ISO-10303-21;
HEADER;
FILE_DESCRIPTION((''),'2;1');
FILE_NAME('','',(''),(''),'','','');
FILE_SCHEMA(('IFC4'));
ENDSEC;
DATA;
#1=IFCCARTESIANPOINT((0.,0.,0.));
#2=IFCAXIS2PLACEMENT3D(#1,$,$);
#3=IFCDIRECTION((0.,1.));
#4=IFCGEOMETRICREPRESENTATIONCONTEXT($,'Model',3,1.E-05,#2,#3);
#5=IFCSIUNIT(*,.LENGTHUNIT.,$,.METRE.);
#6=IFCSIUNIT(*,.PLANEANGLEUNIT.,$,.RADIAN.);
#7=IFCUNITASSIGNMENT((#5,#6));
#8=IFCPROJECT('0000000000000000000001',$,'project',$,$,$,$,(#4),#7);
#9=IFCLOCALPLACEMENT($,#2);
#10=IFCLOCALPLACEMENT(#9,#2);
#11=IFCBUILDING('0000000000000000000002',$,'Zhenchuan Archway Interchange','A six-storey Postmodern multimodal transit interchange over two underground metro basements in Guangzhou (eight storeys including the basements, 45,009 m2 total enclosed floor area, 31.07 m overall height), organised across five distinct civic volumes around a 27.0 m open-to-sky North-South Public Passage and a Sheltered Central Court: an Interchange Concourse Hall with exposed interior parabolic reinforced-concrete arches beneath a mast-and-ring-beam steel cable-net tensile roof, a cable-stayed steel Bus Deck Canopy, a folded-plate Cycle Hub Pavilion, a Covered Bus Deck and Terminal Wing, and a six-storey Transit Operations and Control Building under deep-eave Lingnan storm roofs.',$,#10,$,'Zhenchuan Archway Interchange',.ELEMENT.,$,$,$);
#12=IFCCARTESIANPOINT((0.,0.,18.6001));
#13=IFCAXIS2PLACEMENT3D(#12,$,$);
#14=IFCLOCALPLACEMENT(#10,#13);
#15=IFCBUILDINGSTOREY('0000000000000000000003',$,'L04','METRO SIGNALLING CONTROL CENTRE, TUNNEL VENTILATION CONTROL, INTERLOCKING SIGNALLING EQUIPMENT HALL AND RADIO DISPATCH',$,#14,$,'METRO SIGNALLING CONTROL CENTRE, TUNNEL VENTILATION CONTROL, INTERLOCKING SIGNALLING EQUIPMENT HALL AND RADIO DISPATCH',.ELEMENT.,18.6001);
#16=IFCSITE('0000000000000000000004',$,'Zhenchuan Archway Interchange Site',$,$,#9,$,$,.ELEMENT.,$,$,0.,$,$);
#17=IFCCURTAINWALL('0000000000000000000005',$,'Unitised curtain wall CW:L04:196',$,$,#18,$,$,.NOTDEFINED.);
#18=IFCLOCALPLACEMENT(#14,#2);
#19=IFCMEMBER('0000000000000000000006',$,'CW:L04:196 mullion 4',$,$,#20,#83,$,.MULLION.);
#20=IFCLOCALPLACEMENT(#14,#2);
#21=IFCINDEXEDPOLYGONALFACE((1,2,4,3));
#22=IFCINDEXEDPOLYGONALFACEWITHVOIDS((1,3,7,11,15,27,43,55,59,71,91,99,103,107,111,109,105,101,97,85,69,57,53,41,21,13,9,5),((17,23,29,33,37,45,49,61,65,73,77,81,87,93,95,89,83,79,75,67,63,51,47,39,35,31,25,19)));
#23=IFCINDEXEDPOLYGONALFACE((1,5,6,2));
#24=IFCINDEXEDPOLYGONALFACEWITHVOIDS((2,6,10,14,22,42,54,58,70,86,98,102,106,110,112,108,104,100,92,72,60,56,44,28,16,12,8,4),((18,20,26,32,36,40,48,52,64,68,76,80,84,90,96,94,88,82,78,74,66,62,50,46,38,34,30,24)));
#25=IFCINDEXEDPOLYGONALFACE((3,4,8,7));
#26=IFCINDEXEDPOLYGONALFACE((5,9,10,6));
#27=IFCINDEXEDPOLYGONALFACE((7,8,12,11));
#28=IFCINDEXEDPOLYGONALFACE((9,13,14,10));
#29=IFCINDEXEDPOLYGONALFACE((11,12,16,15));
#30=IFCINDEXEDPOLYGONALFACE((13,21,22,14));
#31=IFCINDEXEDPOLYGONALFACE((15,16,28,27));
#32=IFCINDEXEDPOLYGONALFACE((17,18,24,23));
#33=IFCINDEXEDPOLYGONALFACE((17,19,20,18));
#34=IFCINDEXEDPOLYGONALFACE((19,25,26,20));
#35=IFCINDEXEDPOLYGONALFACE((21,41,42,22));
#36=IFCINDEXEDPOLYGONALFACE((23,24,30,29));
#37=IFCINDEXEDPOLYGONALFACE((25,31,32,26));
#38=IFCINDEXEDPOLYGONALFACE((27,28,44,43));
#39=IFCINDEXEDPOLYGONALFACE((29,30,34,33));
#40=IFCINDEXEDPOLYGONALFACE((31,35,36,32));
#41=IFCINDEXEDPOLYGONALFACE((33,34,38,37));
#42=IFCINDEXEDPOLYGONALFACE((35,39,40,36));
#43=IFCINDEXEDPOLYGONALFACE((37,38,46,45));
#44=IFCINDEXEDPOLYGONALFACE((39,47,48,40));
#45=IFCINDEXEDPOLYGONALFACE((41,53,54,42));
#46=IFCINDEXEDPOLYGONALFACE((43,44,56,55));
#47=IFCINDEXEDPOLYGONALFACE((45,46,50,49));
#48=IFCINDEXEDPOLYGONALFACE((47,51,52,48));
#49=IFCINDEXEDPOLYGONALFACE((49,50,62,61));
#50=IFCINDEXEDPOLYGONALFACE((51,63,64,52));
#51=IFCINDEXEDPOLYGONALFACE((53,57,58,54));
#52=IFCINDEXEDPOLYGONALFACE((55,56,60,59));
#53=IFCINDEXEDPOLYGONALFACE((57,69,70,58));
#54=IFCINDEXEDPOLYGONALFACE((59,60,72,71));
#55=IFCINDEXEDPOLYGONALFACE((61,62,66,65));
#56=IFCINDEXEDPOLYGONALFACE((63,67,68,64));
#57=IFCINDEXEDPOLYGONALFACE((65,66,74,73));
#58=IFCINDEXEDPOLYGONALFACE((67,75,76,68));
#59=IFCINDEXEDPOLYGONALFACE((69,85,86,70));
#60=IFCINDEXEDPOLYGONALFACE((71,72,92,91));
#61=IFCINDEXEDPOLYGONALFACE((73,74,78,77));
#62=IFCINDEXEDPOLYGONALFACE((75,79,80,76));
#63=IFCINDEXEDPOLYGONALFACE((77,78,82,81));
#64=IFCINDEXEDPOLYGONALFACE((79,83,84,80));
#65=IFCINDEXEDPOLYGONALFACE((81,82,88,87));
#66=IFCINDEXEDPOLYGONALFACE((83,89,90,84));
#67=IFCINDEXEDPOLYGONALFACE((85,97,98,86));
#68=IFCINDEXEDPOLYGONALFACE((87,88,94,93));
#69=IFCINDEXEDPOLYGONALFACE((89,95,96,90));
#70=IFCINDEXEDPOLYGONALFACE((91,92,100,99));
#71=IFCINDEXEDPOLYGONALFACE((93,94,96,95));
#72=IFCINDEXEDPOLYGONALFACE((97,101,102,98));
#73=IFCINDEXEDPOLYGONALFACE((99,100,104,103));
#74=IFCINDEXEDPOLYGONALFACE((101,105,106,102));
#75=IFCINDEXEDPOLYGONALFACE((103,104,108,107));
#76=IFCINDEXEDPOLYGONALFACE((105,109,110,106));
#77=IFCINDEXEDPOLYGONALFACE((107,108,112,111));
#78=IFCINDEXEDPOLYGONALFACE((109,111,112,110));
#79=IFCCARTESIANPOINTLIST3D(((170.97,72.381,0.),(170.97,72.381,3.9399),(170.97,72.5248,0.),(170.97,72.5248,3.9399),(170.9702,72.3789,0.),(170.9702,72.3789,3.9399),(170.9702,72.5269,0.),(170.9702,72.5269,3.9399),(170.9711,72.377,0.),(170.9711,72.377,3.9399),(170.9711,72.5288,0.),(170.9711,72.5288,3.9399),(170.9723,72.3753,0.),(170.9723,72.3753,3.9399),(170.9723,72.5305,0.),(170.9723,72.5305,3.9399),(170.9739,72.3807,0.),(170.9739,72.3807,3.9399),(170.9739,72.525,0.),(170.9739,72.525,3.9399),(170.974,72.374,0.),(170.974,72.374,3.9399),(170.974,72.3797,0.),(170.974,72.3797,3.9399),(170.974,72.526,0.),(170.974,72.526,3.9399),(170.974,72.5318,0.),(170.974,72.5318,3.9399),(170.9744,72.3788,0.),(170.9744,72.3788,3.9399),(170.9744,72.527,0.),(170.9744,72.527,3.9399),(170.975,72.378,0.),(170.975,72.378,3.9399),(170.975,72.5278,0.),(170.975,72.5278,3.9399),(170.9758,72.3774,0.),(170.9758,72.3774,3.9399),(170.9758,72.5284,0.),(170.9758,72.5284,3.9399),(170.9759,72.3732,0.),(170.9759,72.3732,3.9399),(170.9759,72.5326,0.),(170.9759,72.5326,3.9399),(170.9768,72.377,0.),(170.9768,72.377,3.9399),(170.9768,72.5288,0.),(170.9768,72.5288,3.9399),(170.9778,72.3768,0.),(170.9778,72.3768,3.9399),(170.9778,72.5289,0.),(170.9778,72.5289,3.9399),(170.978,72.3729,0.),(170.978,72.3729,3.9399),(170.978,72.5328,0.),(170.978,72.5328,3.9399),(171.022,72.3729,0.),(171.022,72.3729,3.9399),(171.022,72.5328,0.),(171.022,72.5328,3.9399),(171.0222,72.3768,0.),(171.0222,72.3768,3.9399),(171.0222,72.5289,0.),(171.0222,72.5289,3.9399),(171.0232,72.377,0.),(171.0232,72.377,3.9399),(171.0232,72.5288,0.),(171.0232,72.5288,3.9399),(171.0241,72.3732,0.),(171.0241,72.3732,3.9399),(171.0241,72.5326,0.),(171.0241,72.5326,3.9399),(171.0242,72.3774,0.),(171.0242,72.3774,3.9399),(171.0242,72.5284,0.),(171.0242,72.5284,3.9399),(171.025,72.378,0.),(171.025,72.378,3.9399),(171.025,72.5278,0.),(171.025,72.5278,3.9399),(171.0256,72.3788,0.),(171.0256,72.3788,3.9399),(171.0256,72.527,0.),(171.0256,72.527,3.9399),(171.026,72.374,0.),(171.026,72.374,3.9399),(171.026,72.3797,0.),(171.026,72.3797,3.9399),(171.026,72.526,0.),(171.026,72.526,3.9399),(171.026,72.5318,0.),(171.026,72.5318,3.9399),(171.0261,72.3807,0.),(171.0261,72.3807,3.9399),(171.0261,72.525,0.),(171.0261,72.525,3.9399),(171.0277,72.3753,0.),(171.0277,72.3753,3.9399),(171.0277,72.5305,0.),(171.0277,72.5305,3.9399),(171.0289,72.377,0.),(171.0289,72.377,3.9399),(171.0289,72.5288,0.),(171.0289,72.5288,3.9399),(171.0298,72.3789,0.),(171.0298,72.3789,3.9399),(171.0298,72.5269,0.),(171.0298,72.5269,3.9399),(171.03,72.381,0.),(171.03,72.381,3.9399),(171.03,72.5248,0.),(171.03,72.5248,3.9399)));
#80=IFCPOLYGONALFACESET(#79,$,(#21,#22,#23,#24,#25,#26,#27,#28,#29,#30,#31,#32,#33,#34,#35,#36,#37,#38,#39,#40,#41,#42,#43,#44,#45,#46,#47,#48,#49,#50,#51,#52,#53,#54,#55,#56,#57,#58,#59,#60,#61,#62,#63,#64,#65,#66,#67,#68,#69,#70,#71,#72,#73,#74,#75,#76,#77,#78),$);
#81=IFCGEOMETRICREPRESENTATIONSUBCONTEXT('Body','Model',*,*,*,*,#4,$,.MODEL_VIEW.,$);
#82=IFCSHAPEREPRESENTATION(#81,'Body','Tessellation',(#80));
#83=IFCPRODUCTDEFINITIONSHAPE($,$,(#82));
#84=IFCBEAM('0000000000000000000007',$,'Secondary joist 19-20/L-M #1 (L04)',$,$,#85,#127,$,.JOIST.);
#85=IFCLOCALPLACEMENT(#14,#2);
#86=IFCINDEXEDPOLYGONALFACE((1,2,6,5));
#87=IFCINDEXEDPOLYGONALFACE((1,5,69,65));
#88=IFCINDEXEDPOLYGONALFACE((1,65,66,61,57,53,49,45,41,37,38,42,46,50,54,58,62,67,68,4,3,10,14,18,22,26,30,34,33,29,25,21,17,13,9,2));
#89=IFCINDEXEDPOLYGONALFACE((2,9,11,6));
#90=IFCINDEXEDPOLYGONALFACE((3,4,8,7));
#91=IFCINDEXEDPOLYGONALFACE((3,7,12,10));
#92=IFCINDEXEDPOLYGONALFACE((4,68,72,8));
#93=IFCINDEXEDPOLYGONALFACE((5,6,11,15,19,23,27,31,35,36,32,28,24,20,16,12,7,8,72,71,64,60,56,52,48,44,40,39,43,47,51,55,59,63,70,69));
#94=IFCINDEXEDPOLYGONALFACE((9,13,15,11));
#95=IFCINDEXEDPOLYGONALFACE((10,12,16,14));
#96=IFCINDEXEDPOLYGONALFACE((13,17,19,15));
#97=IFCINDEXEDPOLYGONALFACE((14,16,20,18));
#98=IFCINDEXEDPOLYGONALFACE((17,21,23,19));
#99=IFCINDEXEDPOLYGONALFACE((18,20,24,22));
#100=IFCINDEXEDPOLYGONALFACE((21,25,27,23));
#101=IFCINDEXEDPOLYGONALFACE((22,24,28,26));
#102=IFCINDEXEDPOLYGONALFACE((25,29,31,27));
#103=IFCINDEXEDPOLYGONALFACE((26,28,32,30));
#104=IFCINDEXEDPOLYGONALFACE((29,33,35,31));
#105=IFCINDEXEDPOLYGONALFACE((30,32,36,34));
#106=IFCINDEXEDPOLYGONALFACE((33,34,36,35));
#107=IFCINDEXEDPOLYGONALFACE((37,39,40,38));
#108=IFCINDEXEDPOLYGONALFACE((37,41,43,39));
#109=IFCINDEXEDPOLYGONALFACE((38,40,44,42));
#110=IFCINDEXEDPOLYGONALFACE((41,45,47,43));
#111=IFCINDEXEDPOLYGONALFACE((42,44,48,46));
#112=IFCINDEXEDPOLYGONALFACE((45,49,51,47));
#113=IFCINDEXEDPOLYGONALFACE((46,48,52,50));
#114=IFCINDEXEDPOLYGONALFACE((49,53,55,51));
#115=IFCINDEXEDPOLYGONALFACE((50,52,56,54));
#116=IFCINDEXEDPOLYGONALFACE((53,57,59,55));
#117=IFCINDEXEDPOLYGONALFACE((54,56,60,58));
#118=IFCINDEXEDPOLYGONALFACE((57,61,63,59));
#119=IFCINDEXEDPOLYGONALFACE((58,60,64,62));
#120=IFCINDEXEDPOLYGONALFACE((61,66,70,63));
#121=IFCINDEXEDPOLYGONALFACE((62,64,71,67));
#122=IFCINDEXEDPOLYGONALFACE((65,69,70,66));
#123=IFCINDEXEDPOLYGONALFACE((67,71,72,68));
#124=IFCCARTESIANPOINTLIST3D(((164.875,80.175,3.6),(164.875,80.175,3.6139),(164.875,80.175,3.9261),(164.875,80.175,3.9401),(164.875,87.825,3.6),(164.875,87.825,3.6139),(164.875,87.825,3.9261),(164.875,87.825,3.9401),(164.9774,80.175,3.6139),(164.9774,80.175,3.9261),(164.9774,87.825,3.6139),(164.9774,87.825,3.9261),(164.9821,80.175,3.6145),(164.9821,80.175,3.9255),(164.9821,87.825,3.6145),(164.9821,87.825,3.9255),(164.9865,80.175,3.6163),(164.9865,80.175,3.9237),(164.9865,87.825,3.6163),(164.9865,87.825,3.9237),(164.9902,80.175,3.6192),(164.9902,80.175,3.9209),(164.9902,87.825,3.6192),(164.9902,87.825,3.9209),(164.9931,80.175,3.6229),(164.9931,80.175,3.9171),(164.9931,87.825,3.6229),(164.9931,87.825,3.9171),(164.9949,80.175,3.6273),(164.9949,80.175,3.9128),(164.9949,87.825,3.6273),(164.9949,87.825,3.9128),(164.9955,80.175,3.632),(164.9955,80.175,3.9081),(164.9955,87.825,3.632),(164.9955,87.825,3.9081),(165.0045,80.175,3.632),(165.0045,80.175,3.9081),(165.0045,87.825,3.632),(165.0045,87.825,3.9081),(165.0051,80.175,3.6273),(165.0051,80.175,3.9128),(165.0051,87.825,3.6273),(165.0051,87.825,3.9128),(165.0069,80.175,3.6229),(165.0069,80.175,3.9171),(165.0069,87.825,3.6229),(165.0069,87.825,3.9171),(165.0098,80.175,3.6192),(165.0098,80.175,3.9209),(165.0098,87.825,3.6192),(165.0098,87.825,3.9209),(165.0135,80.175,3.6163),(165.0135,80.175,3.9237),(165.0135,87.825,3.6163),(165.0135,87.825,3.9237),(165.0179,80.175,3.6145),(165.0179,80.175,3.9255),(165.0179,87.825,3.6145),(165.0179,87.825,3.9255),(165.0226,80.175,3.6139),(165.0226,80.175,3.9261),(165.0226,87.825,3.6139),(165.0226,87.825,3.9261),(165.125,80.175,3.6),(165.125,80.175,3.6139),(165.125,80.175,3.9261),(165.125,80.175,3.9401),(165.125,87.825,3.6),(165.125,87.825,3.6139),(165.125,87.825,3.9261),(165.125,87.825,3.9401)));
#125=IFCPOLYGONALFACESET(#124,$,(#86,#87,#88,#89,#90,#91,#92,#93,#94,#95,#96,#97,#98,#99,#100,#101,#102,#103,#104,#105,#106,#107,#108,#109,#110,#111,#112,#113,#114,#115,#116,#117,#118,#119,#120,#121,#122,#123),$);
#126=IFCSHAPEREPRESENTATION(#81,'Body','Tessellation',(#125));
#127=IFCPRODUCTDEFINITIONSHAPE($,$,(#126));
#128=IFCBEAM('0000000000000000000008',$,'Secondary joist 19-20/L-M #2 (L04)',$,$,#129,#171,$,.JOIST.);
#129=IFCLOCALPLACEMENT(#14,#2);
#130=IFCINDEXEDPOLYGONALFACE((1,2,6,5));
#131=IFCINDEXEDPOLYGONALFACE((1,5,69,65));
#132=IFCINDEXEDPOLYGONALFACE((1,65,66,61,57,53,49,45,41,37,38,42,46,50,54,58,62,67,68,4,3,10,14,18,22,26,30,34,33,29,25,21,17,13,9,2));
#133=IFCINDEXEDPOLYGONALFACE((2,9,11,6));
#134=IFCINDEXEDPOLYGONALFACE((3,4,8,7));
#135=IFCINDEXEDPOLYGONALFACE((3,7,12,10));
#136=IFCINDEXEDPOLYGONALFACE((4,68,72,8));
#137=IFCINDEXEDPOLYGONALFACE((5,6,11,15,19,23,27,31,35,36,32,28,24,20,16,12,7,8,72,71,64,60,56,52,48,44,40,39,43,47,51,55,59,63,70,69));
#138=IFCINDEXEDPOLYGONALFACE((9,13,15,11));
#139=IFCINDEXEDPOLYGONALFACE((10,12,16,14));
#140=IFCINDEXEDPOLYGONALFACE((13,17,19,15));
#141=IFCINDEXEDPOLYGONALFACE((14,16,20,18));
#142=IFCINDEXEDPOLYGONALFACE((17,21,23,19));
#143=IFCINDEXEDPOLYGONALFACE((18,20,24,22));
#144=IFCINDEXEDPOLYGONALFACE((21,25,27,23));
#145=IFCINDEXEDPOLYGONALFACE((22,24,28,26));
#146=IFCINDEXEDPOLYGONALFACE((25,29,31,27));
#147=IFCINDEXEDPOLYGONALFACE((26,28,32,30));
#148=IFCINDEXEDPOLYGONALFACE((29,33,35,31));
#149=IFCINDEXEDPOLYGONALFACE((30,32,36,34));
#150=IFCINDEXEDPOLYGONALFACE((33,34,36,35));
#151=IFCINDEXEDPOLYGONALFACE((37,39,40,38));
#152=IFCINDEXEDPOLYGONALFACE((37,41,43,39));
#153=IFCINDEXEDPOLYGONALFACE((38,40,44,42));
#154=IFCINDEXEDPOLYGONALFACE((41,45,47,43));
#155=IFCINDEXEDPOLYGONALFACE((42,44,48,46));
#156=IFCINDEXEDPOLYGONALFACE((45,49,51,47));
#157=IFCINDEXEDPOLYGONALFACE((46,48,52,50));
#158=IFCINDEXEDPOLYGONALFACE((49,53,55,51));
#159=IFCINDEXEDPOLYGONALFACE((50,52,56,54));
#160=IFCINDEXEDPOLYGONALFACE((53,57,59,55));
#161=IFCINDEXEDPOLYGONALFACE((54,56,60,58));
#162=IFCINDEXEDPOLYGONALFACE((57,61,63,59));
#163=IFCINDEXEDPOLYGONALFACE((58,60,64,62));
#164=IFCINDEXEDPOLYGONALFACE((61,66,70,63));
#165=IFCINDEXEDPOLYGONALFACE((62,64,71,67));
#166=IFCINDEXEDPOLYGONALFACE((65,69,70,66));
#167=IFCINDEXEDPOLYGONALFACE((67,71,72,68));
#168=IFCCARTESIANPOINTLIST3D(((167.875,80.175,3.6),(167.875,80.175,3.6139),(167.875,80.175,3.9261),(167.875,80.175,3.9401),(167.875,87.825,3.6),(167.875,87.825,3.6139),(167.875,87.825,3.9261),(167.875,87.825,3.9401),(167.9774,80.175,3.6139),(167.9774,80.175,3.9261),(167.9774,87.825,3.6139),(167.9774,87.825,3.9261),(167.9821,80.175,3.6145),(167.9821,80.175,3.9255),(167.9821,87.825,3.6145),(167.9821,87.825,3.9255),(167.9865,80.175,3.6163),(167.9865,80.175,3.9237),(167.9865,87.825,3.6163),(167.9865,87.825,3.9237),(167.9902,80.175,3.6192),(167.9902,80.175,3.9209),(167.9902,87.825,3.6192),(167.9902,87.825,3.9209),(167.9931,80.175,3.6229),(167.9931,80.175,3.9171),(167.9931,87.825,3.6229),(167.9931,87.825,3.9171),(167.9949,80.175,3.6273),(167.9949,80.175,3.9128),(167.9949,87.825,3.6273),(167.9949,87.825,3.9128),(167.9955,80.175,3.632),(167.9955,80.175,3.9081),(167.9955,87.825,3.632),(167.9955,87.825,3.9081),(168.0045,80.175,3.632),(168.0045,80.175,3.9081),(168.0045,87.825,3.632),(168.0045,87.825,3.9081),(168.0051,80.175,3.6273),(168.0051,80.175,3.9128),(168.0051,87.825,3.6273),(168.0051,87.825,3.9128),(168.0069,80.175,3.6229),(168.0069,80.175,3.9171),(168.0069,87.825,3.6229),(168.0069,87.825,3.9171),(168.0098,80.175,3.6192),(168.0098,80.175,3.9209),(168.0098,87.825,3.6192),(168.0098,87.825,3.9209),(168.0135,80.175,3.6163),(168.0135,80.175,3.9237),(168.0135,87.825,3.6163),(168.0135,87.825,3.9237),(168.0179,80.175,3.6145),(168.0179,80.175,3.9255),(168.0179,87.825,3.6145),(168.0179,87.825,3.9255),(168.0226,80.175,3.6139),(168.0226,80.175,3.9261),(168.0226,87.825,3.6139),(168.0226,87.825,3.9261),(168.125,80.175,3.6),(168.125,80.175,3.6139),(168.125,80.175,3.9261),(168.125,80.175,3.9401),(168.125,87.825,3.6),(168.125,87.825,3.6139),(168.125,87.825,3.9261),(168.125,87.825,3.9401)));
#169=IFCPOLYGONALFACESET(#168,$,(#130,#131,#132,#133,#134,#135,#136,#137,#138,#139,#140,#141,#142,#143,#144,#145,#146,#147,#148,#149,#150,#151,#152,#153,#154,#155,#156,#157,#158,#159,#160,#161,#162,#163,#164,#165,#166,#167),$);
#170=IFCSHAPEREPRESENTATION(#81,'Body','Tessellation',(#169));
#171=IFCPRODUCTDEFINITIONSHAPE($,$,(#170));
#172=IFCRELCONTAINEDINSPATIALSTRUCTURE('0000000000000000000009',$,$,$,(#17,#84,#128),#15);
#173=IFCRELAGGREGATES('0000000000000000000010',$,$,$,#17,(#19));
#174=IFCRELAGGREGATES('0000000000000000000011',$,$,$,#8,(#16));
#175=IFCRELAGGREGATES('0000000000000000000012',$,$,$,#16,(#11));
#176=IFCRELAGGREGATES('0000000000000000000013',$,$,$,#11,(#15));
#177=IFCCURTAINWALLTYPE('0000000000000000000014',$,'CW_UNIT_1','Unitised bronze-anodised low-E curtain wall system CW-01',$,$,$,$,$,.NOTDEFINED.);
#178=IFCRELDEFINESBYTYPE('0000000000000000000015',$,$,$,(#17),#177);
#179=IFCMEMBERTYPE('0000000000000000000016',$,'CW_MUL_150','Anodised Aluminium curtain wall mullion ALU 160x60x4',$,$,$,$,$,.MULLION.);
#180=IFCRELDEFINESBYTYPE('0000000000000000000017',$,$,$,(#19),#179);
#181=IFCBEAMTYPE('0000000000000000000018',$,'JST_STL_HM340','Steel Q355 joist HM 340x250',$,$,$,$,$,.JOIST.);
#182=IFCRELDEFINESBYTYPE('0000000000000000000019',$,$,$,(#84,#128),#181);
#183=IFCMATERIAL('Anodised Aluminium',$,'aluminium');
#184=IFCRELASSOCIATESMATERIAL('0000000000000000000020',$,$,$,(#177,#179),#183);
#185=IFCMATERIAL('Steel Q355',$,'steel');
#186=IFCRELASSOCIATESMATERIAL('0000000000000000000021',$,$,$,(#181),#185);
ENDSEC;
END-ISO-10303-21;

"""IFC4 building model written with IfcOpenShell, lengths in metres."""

from ifc_helpers import new_model, si_unit, direction, frame, origin, origin_2d, place, context, subcontext, project, spatial, hollow_rectangle, i_section, extrude, material, material_profile, profile_set, type_object, element, aggregate, save


model = new_model("IFC4")

# Units and contexts
model_context = context("Model", 3, precision=1e-05, world=origin(), true_north=direction((0.0, 1.0)))
body_context = subcontext(model_context, "Body", "Model", "MODEL_VIEW")
ifc_project = project(units=[si_unit("LENGTHUNIT", "METRE"), si_unit("PLANEANGLEUNIT", "RADIAN")], contexts=[model_context])

# Site, building, storey
site_placement = place(None, origin())
site = spatial("IfcSite", under=ifc_project, at=site_placement, Name="Zhenchuan Archway Interchange Site", CompositionType="ELEMENT", RefElevation=0.0)
building_placement = place(site_placement, origin())
building = spatial("IfcBuilding", under=site, at=building_placement, Name="Zhenchuan Archway Interchange", Description="A six-storey Postmodern multimodal transit interchange over two underground metro basements in Guangzhou (eight storeys including the basements, 45,009 m2 total enclosed floor area, 31.07 m overall height), organised across five distinct civic volumes around a 27.0 m open-to-sky North-South Public Passage and a Sheltered Central Court: an Interchange Concourse Hall with exposed interior parabolic reinforced-concrete arches beneath a mast-and-ring-beam steel cable-net tensile roof, a cable-stayed steel Bus Deck Canopy, a folded-plate Cycle Hub Pavilion, a Covered Bus Deck and Terminal Wing, and a six-storey Transit Operations and Control Building under deep-eave Lingnan storm roofs.", LongName="Zhenchuan Archway Interchange", CompositionType="ELEMENT")
storey_placement = place(building_placement, frame((0.0, 0.0, 18.6001)))
storey = spatial("IfcBuildingStorey", under=building, at=storey_placement, Name="L04", Description="METRO SIGNALLING CONTROL CENTRE, TUNNEL VENTILATION CONTROL, INTERLOCKING SIGNALLING EQUIPMENT HALL AND RADIO DISPATCH", LongName="METRO SIGNALLING CONTROL CENTRE, TUNNEL VENTILATION CONTROL, INTERLOCKING SIGNALLING EQUIPMENT HALL AND RADIO DISPATCH", CompositionType="ELEMENT", Elevation=18.6001)

# Curtain wall, member
ifc_material_1 = material(Name="Anodised Aluminium", Category="aluminium")
curtain_wall_type = type_object("IfcCurtainWallType", Name="CW_UNIT_1", Description="Unitised bronze-anodised low-E curtain wall system CW-01", PredefinedType="NOTDEFINED", material=ifc_material_1)
curtain_wall_placement = place(storey_placement, origin())
curtain_wall = element("IfcCurtainWall", 1, at=curtain_wall_placement, inside=storey, type_object=curtain_wall_type, Name="Unitised curtain wall CW:L04:196", PredefinedType="NOTDEFINED")
ifc_material_profile_1 = material_profile(ifc_material_1, hollow_rectangle(XDim=0.0601, YDim=0.1599, WallThickness=0.0039, InnerFilletRadius=0.0039, OuterFilletRadius=0.0081, at=origin_2d()), Name="ALU 160x60x4")
ifc_profile_set_1 = profile_set([ifc_material_profile_1], Name="Anodised Aluminium")
member_type = type_object("IfcMemberType", Name="CW_MUL_150", Description="Anodised Aluminium curtain wall mullion ALU 160x60x4", PredefinedType="MULLION", material=ifc_profile_set_1)
member_placement = place(storey_placement, frame((171.0, 72.4529, 0.0), z_axis=(0.0, 0.0, 1.0), x_axis=(1.0, 0.0, 0.0)))
member = element("IfcMember", 2, at=member_placement, type_object=member_type, Name="CW:L04:196 mullion 4", PredefinedType="MULLION", context=body_context, shape_type="SweptSolid", body=[
    extrude(hollow_rectangle(XDim=0.0601, YDim=0.1599, WallThickness=0.0039, InnerFilletRadius=0.0039, OuterFilletRadius=0.0081, at=origin_2d()), origin(), (0.0, 0.0, 1.0), 3.9399),
])

# Beams
ifc_material_2 = material(Name="Steel Q355", Category="steel")
ifc_material_profile_2 = material_profile(ifc_material_2, i_section(OverallWidth=0.25, OverallDepth=0.3401, WebThickness=0.009, FlangeThickness=0.0139, FilletRadius=0.0181, at=origin_2d()), Name="HM 340x250")
ifc_profile_set_2 = profile_set([ifc_material_profile_2], Name="Steel Q355")
beam_type_1 = type_object("IfcBeamType", Name="JST_STL_HM340", Description="Steel Q355 joist HM 340x250", PredefinedType="JOIST", material=ifc_profile_set_2)
for number, where, z_axis, x_axis, name in (
    (3, (165.0, 80.175, 3.77), (0.0, 1.0, 0.0), (-1.0, 0.0, 0.0), "Secondary joist 19-20/L-M #1 (L04)"),
    (4, (168.0, 80.175, 3.77), (0.0, 1.0, 0.0), (-1.0, 0.0, 0.0), "Secondary joist 19-20/L-M #2 (L04)"),
):
    element("IfcBeam", number, at=place(storey_placement, frame(where, z_axis=z_axis, x_axis=x_axis)), inside=storey, type_object=beam_type_1, Name=name, PredefinedType="JOIST", context=body_context, shape_type="SweptSolid", body=[
        extrude(i_section(OverallWidth=0.25, OverallDepth=0.3401, WebThickness=0.009, FlangeThickness=0.0139, FilletRadius=0.0181, at=origin_2d()), origin(), (0.0, 0.0, 1.0), 7.6499),
    ])

aggregate(curtain_wall, [member])

save(model, "model.ifc")
